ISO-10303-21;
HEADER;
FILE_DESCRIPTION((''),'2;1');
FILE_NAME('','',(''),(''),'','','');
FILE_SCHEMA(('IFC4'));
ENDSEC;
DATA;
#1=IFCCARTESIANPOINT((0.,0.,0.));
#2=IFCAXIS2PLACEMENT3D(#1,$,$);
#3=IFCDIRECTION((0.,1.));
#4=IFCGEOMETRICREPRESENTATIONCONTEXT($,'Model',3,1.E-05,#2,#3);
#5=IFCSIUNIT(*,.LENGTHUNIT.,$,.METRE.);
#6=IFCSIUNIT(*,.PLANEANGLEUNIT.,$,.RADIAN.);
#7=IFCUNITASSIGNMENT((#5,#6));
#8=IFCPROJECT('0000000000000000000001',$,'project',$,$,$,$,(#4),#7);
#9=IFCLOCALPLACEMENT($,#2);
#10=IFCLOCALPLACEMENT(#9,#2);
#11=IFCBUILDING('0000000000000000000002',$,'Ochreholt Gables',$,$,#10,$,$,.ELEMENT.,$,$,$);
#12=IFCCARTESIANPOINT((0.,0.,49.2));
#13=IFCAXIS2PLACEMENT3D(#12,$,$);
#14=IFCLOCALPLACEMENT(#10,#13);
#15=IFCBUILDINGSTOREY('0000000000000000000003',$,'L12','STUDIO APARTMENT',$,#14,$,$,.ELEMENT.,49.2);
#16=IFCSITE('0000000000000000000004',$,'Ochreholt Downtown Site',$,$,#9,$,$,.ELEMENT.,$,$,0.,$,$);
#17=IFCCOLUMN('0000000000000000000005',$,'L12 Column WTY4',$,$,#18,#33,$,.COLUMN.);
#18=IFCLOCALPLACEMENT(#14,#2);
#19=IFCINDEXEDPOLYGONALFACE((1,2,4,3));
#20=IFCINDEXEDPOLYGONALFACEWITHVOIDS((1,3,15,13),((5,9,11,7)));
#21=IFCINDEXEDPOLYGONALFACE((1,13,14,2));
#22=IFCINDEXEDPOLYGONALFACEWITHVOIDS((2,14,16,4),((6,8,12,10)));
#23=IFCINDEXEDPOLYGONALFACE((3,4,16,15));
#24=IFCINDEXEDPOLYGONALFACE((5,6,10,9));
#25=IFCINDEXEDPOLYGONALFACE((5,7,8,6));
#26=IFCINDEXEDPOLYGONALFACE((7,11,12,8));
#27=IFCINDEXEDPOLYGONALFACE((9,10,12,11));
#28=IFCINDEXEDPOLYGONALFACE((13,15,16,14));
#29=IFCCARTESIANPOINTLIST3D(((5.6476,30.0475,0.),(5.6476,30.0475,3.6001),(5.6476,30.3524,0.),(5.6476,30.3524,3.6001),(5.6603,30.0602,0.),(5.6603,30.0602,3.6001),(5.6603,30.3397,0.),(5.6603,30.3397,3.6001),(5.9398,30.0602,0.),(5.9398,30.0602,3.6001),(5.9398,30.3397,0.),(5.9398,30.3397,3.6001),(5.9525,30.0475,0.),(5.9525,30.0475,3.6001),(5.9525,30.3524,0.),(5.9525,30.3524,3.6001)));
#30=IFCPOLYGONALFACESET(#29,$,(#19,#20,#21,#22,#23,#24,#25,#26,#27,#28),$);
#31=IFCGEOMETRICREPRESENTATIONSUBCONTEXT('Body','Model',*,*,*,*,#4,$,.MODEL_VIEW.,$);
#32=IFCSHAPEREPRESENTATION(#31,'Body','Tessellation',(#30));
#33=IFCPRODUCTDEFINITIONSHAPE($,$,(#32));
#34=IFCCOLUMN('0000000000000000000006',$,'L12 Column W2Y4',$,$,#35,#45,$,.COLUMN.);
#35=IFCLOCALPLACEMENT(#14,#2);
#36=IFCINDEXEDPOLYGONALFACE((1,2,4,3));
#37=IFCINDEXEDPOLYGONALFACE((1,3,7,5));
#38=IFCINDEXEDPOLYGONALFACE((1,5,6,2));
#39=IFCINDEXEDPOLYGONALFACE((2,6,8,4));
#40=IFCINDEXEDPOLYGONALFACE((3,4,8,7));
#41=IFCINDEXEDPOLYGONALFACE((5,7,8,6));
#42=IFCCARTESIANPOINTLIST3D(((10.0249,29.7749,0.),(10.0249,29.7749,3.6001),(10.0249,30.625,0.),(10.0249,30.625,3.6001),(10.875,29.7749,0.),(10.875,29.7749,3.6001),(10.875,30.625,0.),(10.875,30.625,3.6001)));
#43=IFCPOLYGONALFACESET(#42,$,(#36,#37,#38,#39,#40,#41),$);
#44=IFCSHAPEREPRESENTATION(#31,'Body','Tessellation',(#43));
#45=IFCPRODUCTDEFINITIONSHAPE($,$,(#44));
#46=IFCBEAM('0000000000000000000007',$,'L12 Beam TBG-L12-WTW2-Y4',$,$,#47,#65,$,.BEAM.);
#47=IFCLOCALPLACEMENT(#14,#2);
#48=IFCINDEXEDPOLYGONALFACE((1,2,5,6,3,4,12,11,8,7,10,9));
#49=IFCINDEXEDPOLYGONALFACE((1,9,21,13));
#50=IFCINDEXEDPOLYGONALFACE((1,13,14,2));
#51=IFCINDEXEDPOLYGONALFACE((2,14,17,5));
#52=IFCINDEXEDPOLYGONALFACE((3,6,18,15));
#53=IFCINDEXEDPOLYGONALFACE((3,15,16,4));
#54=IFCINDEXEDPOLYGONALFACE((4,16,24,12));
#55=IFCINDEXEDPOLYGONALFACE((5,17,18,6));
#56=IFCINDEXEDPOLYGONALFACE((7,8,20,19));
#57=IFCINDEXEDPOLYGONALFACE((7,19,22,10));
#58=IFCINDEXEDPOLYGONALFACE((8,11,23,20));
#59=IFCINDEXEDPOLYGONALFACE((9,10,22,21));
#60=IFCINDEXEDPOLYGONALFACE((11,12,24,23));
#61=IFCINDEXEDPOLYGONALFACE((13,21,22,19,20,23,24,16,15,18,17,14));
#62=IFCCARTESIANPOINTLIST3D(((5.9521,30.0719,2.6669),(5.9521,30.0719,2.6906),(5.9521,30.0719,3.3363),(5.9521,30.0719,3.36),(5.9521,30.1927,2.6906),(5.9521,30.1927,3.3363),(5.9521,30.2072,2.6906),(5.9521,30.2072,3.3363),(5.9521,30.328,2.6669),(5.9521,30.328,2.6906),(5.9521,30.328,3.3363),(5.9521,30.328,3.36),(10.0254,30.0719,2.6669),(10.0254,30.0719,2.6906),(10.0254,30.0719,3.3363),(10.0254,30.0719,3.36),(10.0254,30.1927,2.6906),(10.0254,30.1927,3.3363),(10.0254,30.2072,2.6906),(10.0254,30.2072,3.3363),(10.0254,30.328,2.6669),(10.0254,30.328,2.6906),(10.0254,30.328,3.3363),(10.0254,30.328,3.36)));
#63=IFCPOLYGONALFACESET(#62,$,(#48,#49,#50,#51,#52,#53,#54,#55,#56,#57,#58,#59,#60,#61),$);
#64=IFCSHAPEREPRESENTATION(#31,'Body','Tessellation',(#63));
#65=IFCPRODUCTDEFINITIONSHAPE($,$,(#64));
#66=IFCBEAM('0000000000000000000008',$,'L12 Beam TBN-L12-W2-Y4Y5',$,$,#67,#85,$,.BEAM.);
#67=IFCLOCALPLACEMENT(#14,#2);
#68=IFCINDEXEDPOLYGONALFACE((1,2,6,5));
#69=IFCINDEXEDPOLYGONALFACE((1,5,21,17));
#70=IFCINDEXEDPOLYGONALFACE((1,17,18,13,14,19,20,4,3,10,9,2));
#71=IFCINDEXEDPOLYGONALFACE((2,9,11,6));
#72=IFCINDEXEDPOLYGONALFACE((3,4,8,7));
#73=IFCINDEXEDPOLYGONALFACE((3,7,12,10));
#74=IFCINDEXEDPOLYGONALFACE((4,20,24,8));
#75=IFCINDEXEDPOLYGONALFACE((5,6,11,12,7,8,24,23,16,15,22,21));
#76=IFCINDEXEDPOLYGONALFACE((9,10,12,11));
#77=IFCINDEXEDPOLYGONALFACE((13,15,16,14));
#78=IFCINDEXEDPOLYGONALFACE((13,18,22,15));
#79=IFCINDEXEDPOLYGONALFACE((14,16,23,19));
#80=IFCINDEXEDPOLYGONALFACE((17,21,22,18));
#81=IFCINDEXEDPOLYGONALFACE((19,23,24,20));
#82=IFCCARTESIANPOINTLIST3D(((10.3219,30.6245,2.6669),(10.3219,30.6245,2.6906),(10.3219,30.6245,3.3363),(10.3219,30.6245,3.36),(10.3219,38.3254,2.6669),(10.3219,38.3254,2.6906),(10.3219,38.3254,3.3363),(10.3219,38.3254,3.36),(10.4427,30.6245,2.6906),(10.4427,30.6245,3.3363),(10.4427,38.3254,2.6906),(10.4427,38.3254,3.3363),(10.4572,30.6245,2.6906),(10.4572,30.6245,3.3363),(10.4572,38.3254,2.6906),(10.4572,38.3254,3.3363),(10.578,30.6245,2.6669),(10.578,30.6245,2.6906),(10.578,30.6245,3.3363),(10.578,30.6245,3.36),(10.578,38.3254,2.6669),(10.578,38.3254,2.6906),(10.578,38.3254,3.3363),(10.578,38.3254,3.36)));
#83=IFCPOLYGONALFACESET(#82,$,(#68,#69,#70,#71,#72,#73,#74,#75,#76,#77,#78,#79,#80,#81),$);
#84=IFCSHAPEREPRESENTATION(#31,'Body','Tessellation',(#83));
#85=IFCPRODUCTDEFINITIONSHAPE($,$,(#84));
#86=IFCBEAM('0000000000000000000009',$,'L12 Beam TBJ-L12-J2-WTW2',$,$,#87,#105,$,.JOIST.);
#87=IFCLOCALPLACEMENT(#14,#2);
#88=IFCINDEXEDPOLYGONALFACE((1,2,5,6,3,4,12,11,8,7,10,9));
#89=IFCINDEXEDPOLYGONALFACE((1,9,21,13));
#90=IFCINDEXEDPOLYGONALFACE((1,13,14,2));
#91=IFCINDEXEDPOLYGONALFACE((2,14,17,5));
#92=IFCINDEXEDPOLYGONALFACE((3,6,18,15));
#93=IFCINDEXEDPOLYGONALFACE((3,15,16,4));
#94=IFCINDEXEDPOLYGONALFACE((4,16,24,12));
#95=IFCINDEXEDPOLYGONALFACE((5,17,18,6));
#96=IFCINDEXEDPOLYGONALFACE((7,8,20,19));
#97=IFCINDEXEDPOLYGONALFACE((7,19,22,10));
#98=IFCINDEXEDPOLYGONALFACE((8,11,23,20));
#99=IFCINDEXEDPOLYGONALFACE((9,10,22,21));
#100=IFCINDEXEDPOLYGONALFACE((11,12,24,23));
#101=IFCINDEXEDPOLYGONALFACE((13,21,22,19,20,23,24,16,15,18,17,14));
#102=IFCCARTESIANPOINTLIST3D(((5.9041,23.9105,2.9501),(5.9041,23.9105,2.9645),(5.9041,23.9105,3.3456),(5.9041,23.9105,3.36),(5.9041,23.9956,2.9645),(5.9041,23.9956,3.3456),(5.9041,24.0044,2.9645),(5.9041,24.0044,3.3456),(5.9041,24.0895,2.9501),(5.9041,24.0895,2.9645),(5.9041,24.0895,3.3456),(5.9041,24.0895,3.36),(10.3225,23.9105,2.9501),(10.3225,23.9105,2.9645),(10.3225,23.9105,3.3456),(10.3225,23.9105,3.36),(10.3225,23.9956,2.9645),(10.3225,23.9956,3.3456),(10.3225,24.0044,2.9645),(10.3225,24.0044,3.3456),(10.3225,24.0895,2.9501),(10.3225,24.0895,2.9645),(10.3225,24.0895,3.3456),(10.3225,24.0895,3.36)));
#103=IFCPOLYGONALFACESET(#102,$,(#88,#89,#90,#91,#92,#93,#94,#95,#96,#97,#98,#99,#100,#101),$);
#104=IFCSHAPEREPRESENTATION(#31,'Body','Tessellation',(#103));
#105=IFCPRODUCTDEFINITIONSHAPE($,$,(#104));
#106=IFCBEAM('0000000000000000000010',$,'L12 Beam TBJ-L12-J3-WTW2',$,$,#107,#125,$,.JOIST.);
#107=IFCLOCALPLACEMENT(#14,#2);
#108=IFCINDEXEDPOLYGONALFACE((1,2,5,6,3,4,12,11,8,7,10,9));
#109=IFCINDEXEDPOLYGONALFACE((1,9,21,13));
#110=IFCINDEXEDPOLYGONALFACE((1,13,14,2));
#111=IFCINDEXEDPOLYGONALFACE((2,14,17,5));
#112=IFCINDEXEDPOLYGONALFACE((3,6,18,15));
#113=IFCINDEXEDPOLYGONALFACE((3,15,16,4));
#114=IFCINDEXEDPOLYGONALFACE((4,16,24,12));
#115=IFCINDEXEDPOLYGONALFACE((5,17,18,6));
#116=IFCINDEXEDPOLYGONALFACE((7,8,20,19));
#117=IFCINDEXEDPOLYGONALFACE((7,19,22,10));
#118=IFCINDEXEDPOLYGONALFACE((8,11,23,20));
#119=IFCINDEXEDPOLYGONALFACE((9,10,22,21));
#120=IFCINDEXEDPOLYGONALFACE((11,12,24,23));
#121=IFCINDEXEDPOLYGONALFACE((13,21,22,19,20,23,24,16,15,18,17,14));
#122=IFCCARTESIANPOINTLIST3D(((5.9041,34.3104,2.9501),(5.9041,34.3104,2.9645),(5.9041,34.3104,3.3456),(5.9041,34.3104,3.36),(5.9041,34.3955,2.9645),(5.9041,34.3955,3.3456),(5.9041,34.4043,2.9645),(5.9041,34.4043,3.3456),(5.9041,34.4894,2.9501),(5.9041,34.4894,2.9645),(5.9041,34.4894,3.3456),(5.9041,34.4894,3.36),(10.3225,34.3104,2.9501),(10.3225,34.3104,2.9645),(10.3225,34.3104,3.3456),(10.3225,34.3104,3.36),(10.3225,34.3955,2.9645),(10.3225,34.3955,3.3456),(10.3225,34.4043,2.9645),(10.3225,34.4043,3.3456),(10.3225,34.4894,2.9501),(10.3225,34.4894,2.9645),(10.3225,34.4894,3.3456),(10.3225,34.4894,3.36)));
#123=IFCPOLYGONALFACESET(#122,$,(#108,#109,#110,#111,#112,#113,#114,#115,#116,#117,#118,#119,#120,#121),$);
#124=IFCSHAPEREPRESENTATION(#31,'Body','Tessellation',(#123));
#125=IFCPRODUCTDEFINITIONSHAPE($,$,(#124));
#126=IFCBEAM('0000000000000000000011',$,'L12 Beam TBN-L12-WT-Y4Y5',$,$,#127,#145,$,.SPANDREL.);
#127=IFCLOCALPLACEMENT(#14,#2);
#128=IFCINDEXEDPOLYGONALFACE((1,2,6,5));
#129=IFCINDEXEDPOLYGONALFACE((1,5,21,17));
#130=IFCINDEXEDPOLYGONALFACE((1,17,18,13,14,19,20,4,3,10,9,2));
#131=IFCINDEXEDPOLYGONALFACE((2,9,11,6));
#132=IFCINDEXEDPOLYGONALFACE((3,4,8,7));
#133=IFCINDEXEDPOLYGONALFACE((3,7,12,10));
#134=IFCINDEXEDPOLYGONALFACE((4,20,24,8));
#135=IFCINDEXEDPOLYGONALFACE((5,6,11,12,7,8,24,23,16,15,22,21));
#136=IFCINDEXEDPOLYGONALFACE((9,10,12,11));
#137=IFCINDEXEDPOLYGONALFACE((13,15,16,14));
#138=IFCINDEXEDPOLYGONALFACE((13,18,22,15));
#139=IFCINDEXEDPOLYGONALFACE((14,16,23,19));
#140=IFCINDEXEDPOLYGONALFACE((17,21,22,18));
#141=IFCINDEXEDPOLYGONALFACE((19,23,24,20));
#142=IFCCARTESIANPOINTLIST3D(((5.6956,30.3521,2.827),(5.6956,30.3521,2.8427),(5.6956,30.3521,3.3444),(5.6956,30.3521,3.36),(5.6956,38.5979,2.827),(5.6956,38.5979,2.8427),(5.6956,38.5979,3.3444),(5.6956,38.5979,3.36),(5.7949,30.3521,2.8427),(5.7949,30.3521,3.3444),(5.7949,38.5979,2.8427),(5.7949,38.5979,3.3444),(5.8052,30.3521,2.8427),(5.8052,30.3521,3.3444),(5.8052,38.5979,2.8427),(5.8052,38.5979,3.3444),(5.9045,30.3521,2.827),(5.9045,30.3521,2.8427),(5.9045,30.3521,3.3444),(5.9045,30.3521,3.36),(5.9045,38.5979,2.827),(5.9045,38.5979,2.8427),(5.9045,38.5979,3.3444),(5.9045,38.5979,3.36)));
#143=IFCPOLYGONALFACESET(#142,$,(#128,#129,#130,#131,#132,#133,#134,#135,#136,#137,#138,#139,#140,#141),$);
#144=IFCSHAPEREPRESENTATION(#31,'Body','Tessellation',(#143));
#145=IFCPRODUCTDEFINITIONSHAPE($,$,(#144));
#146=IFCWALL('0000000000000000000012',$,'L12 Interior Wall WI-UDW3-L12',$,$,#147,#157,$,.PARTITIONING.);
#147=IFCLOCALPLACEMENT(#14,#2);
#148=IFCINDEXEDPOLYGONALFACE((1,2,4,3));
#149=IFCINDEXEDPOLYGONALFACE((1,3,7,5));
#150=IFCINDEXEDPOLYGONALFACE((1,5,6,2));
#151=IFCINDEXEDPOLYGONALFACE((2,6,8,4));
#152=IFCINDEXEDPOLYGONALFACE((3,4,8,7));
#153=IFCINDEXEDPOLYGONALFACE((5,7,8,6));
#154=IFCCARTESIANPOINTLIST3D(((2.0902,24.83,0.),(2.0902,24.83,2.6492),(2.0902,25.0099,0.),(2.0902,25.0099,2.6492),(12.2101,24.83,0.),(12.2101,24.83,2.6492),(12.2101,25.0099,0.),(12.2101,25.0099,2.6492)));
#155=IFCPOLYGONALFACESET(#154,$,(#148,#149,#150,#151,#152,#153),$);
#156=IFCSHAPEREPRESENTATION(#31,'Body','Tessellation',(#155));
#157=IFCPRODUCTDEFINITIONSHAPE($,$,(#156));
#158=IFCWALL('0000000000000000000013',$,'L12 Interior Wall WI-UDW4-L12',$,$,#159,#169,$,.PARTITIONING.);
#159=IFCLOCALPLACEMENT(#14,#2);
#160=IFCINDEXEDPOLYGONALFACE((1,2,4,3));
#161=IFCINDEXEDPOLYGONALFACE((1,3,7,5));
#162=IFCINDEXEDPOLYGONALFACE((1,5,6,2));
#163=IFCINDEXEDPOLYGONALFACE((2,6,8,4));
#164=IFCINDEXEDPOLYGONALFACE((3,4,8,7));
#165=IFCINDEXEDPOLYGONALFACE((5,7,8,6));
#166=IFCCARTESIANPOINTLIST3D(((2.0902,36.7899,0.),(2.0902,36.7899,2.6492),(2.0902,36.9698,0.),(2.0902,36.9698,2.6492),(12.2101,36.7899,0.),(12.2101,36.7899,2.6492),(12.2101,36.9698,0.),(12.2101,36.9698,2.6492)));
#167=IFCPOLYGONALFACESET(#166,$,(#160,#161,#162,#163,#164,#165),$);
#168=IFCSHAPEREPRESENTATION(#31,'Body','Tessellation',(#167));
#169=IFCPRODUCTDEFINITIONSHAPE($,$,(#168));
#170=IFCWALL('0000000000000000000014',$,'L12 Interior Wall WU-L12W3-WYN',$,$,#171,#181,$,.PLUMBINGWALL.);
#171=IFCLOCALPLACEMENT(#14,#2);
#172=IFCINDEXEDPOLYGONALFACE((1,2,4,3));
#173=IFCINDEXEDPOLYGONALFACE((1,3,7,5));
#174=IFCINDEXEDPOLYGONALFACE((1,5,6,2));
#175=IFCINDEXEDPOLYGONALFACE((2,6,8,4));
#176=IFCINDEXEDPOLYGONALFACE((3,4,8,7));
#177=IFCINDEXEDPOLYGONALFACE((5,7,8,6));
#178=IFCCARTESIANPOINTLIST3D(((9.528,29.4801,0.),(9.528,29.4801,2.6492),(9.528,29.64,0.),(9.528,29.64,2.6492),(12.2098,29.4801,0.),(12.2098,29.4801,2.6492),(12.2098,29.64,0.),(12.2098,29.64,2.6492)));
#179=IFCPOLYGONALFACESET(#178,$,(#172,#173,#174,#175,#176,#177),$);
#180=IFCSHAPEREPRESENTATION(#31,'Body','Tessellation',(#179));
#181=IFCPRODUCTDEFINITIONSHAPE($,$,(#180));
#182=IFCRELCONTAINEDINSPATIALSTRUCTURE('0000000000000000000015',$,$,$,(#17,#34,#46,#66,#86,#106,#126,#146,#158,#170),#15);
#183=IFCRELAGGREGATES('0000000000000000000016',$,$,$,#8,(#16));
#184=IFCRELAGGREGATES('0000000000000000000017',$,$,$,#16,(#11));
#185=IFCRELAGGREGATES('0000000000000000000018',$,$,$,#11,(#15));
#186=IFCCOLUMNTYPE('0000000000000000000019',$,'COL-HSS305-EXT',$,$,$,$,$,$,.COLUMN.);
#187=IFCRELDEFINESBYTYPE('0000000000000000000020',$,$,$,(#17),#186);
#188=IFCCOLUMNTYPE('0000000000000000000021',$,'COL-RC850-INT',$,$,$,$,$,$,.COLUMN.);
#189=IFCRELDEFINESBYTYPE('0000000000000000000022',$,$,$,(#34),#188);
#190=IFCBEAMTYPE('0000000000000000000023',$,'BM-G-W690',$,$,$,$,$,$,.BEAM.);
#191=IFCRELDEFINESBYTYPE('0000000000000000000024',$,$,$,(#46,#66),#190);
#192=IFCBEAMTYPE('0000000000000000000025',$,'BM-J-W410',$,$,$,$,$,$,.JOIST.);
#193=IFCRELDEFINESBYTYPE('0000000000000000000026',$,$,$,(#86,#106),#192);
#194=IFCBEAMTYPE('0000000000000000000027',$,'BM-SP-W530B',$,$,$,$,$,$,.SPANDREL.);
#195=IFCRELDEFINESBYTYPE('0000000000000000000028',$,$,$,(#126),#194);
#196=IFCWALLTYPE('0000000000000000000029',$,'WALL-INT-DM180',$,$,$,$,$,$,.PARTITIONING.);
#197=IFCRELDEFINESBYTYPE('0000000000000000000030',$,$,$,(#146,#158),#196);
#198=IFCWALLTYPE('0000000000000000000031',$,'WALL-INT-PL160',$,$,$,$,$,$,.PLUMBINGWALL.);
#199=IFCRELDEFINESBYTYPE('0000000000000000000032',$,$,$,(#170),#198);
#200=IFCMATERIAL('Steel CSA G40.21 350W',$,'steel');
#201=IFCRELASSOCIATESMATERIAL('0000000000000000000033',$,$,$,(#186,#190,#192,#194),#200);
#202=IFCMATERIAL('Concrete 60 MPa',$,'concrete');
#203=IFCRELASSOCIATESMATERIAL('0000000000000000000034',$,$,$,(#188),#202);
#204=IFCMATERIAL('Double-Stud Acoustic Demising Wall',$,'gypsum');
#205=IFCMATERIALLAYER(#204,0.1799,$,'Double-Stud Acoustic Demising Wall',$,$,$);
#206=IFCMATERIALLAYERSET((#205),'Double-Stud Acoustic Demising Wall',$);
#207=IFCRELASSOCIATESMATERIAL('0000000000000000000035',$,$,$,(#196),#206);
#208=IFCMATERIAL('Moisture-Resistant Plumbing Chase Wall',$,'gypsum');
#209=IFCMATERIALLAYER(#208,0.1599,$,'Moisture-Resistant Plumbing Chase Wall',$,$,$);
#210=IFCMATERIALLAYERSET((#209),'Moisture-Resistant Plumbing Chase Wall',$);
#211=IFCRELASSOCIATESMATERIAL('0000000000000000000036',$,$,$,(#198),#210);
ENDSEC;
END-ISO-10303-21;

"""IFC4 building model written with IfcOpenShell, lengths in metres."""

from ifc_helpers import new_model, si_unit, direction, frame, frame_2d, origin, origin_2d, place, context, subcontext, project, spatial, rectangle, hollow_rectangle, i_section, extrude, material, layer, layer_set, material_profile, profile_set, type_object, element, save


model = new_model("IFC4")

# Units and contexts
model_context = context("Model", 3, precision=1e-05, world=origin(), true_north=direction((0.0, 1.0)))
body_context = subcontext(model_context, "Body", "Model", "MODEL_VIEW")
ifc_project = project(units=[si_unit("LENGTHUNIT", "METRE"), si_unit("PLANEANGLEUNIT", "RADIAN")], contexts=[model_context])

# Site, building, storey
site_placement = place(None, origin())
site = spatial("IfcSite", under=ifc_project, at=site_placement, Name="Ochreholt Downtown Site", CompositionType="ELEMENT", RefElevation=0.0)
building_placement = place(site_placement, origin())
building = spatial("IfcBuilding", under=site, at=building_placement, Name="Ochreholt Gables", CompositionType="ELEMENT")
storey_placement = place(building_placement, frame((0.0, 0.0, 49.2)))
storey = spatial("IfcBuildingStorey", under=building, at=storey_placement, Name="L12", Description="STUDIO APARTMENT", CompositionType="ELEMENT", Elevation=49.2)

# Columns
ifc_material_1 = material(Name="Steel CSA G40.21 350W", Category="steel")
ifc_material_profile_1 = material_profile(ifc_material_1, hollow_rectangle(XDim=0.3049, YDim=0.3049, WallThickness=0.0127, at=origin_2d()), Name="HSS305X305X13")
ifc_profile_set_1 = profile_set([ifc_material_profile_1], Name="Steel CSA G40.21 350W")
column_type_1 = type_object("IfcColumnType", Name="COL-HSS305-EXT", PredefinedType="COLUMN", material=ifc_profile_set_1)
column_1_placement = place(storey_placement, frame((5.8, 30.2, 0.0), z_axis=(0.0, 0.0, 1.0), x_axis=(1.0, 0.0, 0.0)))
element("IfcColumn", 1, at=column_1_placement, inside=storey, type_object=column_type_1, Name="L12 Column WTY4", PredefinedType="COLUMN", context=body_context, shape_type="SweptSolid", body=[
    extrude(hollow_rectangle(XDim=0.3049, YDim=0.3049, WallThickness=0.0127, at=origin_2d()), origin(), (0.0, 0.0, 1.0), 3.6001),
])
ifc_material_2 = material(Name="Concrete 60 MPa", Category="concrete")
ifc_material_profile_2 = material_profile(ifc_material_2, rectangle(XDim=0.8501, YDim=0.8501, at=origin_2d()), Name="RC850X850")
ifc_profile_set_2 = profile_set([ifc_material_profile_2], Name="Concrete 60 MPa")
column_type_2 = type_object("IfcColumnType", Name="COL-RC850-INT", PredefinedType="COLUMN", material=ifc_profile_set_2)
column_2_placement = place(storey_placement, frame((10.45, 30.2, 0.0), z_axis=(0.0, 0.0, 1.0), x_axis=(1.0, 0.0, 0.0)))
element("IfcColumn", 2, at=column_2_placement, inside=storey, type_object=column_type_2, Name="L12 Column W2Y4", PredefinedType="COLUMN", context=body_context, shape_type="SweptSolid", body=[
    extrude(rectangle(XDim=0.8501, YDim=0.8501, at=origin_2d()), origin(), (0.0, 0.0, 1.0), 3.6001),
])

# Beams
ifc_material_profile_3 = material_profile(ifc_material_1, i_section(OverallWidth=0.2561, OverallDepth=0.6931, WebThickness=0.0144, FlangeThickness=0.0237, at=origin_2d()), Name="W690X170")
ifc_profile_set_3 = profile_set([ifc_material_profile_3], Name="Steel CSA G40.21 350W")
beam_type_1 = type_object("IfcBeamType", Name="BM-G-W690", PredefinedType="BEAM", material=ifc_profile_set_3)
beam_1_placement = place(storey_placement, frame((5.9521, 30.2, 3.0134), z_axis=(1.0, 0.0, 0.0), x_axis=(0.0, 1.0, 0.0)))
element("IfcBeam", 3, at=beam_1_placement, inside=storey, type_object=beam_type_1, Name="L12 Beam TBG-L12-WTW2-Y4", PredefinedType="BEAM", context=body_context, shape_type="SweptSolid", body=[
    extrude(i_section(OverallWidth=0.2561, OverallDepth=0.6931, WebThickness=0.0144, FlangeThickness=0.0237, at=origin_2d()), origin(), (0.0, 0.0, 1.0), 4.0732),
])
beam_2_placement = place(storey_placement, frame((10.45, 30.6245, 3.0134), z_axis=(0.0, 1.0, 0.0), x_axis=(-1.0, 0.0, 0.0)))
element("IfcBeam", 4, at=beam_2_placement, inside=storey, type_object=beam_type_1, Name="L12 Beam TBN-L12-W2-Y4Y5", PredefinedType="BEAM", context=body_context, shape_type="SweptSolid", body=[
    extrude(i_section(OverallWidth=0.2561, OverallDepth=0.6931, WebThickness=0.0144, FlangeThickness=0.0237, at=origin_2d()), origin(), (0.0, 0.0, 1.0), 7.7009),
])
ifc_material_profile_4 = material_profile(ifc_material_1, i_section(OverallWidth=0.179, OverallDepth=0.4099, WebThickness=0.0088, FlangeThickness=0.0144, at=origin_2d()), Name="W410X67")
ifc_profile_set_4 = profile_set([ifc_material_profile_4], Name="Steel CSA G40.21 350W")
beam_type_2 = type_object("IfcBeamType", Name="BM-J-W410", PredefinedType="JOIST", material=ifc_profile_set_4)
for number, where, z_axis, x_axis, name in (
    (5, (5.9041, 24.0, 3.155), (1.0, 0.0, 0.0), (0.0, 1.0, 0.0), "L12 Beam TBJ-L12-J2-WTW2"),
    (6, (5.9041, 34.3999, 3.155), (1.0, 0.0, 0.0), (0.0, 1.0, 0.0), "L12 Beam TBJ-L12-J3-WTW2"),
):
    element("IfcBeam", number, at=place(storey_placement, frame(where, z_axis=z_axis, x_axis=x_axis)), inside=storey, type_object=beam_type_2, Name=name, PredefinedType="JOIST", context=body_context, shape_type="SweptSolid", body=[
        extrude(i_section(OverallWidth=0.179, OverallDepth=0.4099, WebThickness=0.0088, FlangeThickness=0.0144, at=origin_2d()), origin(), (0.0, 0.0, 1.0), 4.4185),
    ])
ifc_material_profile_5 = material_profile(ifc_material_1, i_section(OverallWidth=0.209, OverallDepth=0.533, WebThickness=0.0103, FlangeThickness=0.0156, at=origin_2d()), Name="W530X92")
ifc_profile_set_5 = profile_set([ifc_material_profile_5], Name="Steel CSA G40.21 350W")
beam_type_3 = type_object("IfcBeamType", Name="BM-SP-W530B", PredefinedType="SPANDREL", material=ifc_profile_set_5)
beam_3_placement = place(storey_placement, frame((5.8, 30.3521, 3.0935), z_axis=(0.0, 1.0, 0.0), x_axis=(-1.0, 0.0, 0.0)))
element("IfcBeam", 7, at=beam_3_placement, inside=storey, type_object=beam_type_3, Name="L12 Beam TBN-L12-WT-Y4Y5", PredefinedType="SPANDREL", context=body_context, shape_type="SweptSolid", body=[
    extrude(i_section(OverallWidth=0.209, OverallDepth=0.533, WebThickness=0.0103, FlangeThickness=0.0156, at=origin_2d()), origin(), (0.0, 0.0, 1.0), 8.2458),
])

# Walls
ifc_material_3 = material(Name="Double-Stud Acoustic Demising Wall", Category="gypsum")
ifc_layer_1 = layer(ifc_material_3, 0.1799, Name="Double-Stud Acoustic Demising Wall")
ifc_layer_set_1 = layer_set([ifc_layer_1], Name="Double-Stud Acoustic Demising Wall")
wall_type_1 = type_object("IfcWallType", Name="WALL-INT-DM180", PredefinedType="PARTITIONING", material=ifc_layer_set_1)
for number, where, z_axis, x_axis, name in (
    (8, (2.0901, 24.9199, 0.0), (0.0, 0.0, 1.0), (1.0, 0.0, 0.0), "L12 Interior Wall WI-UDW3-L12"),
    (9, (2.0901, 36.8799, 0.0), (0.0, 0.0, 1.0), (1.0, 0.0, 0.0), "L12 Interior Wall WI-UDW4-L12"),
):
    element("IfcWall", number, at=place(storey_placement, frame(where, z_axis=z_axis, x_axis=x_axis)), inside=storey, type_object=wall_type_1, Name=name, PredefinedType="PARTITIONING", context=body_context, shape_type="SweptSolid", body=[
        extrude(rectangle(XDim=10.1199, YDim=0.1799, at=frame_2d((5.0601, 0.0))), origin(), (0.0, 0.0, 1.0), 2.6492),
    ])
ifc_material_4 = material(Name="Moisture-Resistant Plumbing Chase Wall", Category="gypsum")
ifc_layer_2 = layer(ifc_material_4, 0.1599, Name="Moisture-Resistant Plumbing Chase Wall")
ifc_layer_set_2 = layer_set([ifc_layer_2], Name="Moisture-Resistant Plumbing Chase Wall")
wall_type_2 = type_object("IfcWallType", Name="WALL-INT-PL160", PredefinedType="PLUMBINGWALL", material=ifc_layer_set_2)
wall_1_placement = place(storey_placement, frame((9.5281, 29.5601, 0.0), z_axis=(0.0, 0.0, 1.0), x_axis=(1.0, 0.0, 0.0)))
element("IfcWall", 10, at=wall_1_placement, inside=storey, type_object=wall_type_2, Name="L12 Interior Wall WU-L12W3-WYN", PredefinedType="PLUMBINGWALL", context=body_context, shape_type="SweptSolid", body=[
    extrude(rectangle(XDim=2.6819, YDim=0.1599, at=frame_2d((1.3408, 0.0))), origin(), (0.0, 0.0, 1.0), 2.6492),
])

save(model, "model.ifc")
